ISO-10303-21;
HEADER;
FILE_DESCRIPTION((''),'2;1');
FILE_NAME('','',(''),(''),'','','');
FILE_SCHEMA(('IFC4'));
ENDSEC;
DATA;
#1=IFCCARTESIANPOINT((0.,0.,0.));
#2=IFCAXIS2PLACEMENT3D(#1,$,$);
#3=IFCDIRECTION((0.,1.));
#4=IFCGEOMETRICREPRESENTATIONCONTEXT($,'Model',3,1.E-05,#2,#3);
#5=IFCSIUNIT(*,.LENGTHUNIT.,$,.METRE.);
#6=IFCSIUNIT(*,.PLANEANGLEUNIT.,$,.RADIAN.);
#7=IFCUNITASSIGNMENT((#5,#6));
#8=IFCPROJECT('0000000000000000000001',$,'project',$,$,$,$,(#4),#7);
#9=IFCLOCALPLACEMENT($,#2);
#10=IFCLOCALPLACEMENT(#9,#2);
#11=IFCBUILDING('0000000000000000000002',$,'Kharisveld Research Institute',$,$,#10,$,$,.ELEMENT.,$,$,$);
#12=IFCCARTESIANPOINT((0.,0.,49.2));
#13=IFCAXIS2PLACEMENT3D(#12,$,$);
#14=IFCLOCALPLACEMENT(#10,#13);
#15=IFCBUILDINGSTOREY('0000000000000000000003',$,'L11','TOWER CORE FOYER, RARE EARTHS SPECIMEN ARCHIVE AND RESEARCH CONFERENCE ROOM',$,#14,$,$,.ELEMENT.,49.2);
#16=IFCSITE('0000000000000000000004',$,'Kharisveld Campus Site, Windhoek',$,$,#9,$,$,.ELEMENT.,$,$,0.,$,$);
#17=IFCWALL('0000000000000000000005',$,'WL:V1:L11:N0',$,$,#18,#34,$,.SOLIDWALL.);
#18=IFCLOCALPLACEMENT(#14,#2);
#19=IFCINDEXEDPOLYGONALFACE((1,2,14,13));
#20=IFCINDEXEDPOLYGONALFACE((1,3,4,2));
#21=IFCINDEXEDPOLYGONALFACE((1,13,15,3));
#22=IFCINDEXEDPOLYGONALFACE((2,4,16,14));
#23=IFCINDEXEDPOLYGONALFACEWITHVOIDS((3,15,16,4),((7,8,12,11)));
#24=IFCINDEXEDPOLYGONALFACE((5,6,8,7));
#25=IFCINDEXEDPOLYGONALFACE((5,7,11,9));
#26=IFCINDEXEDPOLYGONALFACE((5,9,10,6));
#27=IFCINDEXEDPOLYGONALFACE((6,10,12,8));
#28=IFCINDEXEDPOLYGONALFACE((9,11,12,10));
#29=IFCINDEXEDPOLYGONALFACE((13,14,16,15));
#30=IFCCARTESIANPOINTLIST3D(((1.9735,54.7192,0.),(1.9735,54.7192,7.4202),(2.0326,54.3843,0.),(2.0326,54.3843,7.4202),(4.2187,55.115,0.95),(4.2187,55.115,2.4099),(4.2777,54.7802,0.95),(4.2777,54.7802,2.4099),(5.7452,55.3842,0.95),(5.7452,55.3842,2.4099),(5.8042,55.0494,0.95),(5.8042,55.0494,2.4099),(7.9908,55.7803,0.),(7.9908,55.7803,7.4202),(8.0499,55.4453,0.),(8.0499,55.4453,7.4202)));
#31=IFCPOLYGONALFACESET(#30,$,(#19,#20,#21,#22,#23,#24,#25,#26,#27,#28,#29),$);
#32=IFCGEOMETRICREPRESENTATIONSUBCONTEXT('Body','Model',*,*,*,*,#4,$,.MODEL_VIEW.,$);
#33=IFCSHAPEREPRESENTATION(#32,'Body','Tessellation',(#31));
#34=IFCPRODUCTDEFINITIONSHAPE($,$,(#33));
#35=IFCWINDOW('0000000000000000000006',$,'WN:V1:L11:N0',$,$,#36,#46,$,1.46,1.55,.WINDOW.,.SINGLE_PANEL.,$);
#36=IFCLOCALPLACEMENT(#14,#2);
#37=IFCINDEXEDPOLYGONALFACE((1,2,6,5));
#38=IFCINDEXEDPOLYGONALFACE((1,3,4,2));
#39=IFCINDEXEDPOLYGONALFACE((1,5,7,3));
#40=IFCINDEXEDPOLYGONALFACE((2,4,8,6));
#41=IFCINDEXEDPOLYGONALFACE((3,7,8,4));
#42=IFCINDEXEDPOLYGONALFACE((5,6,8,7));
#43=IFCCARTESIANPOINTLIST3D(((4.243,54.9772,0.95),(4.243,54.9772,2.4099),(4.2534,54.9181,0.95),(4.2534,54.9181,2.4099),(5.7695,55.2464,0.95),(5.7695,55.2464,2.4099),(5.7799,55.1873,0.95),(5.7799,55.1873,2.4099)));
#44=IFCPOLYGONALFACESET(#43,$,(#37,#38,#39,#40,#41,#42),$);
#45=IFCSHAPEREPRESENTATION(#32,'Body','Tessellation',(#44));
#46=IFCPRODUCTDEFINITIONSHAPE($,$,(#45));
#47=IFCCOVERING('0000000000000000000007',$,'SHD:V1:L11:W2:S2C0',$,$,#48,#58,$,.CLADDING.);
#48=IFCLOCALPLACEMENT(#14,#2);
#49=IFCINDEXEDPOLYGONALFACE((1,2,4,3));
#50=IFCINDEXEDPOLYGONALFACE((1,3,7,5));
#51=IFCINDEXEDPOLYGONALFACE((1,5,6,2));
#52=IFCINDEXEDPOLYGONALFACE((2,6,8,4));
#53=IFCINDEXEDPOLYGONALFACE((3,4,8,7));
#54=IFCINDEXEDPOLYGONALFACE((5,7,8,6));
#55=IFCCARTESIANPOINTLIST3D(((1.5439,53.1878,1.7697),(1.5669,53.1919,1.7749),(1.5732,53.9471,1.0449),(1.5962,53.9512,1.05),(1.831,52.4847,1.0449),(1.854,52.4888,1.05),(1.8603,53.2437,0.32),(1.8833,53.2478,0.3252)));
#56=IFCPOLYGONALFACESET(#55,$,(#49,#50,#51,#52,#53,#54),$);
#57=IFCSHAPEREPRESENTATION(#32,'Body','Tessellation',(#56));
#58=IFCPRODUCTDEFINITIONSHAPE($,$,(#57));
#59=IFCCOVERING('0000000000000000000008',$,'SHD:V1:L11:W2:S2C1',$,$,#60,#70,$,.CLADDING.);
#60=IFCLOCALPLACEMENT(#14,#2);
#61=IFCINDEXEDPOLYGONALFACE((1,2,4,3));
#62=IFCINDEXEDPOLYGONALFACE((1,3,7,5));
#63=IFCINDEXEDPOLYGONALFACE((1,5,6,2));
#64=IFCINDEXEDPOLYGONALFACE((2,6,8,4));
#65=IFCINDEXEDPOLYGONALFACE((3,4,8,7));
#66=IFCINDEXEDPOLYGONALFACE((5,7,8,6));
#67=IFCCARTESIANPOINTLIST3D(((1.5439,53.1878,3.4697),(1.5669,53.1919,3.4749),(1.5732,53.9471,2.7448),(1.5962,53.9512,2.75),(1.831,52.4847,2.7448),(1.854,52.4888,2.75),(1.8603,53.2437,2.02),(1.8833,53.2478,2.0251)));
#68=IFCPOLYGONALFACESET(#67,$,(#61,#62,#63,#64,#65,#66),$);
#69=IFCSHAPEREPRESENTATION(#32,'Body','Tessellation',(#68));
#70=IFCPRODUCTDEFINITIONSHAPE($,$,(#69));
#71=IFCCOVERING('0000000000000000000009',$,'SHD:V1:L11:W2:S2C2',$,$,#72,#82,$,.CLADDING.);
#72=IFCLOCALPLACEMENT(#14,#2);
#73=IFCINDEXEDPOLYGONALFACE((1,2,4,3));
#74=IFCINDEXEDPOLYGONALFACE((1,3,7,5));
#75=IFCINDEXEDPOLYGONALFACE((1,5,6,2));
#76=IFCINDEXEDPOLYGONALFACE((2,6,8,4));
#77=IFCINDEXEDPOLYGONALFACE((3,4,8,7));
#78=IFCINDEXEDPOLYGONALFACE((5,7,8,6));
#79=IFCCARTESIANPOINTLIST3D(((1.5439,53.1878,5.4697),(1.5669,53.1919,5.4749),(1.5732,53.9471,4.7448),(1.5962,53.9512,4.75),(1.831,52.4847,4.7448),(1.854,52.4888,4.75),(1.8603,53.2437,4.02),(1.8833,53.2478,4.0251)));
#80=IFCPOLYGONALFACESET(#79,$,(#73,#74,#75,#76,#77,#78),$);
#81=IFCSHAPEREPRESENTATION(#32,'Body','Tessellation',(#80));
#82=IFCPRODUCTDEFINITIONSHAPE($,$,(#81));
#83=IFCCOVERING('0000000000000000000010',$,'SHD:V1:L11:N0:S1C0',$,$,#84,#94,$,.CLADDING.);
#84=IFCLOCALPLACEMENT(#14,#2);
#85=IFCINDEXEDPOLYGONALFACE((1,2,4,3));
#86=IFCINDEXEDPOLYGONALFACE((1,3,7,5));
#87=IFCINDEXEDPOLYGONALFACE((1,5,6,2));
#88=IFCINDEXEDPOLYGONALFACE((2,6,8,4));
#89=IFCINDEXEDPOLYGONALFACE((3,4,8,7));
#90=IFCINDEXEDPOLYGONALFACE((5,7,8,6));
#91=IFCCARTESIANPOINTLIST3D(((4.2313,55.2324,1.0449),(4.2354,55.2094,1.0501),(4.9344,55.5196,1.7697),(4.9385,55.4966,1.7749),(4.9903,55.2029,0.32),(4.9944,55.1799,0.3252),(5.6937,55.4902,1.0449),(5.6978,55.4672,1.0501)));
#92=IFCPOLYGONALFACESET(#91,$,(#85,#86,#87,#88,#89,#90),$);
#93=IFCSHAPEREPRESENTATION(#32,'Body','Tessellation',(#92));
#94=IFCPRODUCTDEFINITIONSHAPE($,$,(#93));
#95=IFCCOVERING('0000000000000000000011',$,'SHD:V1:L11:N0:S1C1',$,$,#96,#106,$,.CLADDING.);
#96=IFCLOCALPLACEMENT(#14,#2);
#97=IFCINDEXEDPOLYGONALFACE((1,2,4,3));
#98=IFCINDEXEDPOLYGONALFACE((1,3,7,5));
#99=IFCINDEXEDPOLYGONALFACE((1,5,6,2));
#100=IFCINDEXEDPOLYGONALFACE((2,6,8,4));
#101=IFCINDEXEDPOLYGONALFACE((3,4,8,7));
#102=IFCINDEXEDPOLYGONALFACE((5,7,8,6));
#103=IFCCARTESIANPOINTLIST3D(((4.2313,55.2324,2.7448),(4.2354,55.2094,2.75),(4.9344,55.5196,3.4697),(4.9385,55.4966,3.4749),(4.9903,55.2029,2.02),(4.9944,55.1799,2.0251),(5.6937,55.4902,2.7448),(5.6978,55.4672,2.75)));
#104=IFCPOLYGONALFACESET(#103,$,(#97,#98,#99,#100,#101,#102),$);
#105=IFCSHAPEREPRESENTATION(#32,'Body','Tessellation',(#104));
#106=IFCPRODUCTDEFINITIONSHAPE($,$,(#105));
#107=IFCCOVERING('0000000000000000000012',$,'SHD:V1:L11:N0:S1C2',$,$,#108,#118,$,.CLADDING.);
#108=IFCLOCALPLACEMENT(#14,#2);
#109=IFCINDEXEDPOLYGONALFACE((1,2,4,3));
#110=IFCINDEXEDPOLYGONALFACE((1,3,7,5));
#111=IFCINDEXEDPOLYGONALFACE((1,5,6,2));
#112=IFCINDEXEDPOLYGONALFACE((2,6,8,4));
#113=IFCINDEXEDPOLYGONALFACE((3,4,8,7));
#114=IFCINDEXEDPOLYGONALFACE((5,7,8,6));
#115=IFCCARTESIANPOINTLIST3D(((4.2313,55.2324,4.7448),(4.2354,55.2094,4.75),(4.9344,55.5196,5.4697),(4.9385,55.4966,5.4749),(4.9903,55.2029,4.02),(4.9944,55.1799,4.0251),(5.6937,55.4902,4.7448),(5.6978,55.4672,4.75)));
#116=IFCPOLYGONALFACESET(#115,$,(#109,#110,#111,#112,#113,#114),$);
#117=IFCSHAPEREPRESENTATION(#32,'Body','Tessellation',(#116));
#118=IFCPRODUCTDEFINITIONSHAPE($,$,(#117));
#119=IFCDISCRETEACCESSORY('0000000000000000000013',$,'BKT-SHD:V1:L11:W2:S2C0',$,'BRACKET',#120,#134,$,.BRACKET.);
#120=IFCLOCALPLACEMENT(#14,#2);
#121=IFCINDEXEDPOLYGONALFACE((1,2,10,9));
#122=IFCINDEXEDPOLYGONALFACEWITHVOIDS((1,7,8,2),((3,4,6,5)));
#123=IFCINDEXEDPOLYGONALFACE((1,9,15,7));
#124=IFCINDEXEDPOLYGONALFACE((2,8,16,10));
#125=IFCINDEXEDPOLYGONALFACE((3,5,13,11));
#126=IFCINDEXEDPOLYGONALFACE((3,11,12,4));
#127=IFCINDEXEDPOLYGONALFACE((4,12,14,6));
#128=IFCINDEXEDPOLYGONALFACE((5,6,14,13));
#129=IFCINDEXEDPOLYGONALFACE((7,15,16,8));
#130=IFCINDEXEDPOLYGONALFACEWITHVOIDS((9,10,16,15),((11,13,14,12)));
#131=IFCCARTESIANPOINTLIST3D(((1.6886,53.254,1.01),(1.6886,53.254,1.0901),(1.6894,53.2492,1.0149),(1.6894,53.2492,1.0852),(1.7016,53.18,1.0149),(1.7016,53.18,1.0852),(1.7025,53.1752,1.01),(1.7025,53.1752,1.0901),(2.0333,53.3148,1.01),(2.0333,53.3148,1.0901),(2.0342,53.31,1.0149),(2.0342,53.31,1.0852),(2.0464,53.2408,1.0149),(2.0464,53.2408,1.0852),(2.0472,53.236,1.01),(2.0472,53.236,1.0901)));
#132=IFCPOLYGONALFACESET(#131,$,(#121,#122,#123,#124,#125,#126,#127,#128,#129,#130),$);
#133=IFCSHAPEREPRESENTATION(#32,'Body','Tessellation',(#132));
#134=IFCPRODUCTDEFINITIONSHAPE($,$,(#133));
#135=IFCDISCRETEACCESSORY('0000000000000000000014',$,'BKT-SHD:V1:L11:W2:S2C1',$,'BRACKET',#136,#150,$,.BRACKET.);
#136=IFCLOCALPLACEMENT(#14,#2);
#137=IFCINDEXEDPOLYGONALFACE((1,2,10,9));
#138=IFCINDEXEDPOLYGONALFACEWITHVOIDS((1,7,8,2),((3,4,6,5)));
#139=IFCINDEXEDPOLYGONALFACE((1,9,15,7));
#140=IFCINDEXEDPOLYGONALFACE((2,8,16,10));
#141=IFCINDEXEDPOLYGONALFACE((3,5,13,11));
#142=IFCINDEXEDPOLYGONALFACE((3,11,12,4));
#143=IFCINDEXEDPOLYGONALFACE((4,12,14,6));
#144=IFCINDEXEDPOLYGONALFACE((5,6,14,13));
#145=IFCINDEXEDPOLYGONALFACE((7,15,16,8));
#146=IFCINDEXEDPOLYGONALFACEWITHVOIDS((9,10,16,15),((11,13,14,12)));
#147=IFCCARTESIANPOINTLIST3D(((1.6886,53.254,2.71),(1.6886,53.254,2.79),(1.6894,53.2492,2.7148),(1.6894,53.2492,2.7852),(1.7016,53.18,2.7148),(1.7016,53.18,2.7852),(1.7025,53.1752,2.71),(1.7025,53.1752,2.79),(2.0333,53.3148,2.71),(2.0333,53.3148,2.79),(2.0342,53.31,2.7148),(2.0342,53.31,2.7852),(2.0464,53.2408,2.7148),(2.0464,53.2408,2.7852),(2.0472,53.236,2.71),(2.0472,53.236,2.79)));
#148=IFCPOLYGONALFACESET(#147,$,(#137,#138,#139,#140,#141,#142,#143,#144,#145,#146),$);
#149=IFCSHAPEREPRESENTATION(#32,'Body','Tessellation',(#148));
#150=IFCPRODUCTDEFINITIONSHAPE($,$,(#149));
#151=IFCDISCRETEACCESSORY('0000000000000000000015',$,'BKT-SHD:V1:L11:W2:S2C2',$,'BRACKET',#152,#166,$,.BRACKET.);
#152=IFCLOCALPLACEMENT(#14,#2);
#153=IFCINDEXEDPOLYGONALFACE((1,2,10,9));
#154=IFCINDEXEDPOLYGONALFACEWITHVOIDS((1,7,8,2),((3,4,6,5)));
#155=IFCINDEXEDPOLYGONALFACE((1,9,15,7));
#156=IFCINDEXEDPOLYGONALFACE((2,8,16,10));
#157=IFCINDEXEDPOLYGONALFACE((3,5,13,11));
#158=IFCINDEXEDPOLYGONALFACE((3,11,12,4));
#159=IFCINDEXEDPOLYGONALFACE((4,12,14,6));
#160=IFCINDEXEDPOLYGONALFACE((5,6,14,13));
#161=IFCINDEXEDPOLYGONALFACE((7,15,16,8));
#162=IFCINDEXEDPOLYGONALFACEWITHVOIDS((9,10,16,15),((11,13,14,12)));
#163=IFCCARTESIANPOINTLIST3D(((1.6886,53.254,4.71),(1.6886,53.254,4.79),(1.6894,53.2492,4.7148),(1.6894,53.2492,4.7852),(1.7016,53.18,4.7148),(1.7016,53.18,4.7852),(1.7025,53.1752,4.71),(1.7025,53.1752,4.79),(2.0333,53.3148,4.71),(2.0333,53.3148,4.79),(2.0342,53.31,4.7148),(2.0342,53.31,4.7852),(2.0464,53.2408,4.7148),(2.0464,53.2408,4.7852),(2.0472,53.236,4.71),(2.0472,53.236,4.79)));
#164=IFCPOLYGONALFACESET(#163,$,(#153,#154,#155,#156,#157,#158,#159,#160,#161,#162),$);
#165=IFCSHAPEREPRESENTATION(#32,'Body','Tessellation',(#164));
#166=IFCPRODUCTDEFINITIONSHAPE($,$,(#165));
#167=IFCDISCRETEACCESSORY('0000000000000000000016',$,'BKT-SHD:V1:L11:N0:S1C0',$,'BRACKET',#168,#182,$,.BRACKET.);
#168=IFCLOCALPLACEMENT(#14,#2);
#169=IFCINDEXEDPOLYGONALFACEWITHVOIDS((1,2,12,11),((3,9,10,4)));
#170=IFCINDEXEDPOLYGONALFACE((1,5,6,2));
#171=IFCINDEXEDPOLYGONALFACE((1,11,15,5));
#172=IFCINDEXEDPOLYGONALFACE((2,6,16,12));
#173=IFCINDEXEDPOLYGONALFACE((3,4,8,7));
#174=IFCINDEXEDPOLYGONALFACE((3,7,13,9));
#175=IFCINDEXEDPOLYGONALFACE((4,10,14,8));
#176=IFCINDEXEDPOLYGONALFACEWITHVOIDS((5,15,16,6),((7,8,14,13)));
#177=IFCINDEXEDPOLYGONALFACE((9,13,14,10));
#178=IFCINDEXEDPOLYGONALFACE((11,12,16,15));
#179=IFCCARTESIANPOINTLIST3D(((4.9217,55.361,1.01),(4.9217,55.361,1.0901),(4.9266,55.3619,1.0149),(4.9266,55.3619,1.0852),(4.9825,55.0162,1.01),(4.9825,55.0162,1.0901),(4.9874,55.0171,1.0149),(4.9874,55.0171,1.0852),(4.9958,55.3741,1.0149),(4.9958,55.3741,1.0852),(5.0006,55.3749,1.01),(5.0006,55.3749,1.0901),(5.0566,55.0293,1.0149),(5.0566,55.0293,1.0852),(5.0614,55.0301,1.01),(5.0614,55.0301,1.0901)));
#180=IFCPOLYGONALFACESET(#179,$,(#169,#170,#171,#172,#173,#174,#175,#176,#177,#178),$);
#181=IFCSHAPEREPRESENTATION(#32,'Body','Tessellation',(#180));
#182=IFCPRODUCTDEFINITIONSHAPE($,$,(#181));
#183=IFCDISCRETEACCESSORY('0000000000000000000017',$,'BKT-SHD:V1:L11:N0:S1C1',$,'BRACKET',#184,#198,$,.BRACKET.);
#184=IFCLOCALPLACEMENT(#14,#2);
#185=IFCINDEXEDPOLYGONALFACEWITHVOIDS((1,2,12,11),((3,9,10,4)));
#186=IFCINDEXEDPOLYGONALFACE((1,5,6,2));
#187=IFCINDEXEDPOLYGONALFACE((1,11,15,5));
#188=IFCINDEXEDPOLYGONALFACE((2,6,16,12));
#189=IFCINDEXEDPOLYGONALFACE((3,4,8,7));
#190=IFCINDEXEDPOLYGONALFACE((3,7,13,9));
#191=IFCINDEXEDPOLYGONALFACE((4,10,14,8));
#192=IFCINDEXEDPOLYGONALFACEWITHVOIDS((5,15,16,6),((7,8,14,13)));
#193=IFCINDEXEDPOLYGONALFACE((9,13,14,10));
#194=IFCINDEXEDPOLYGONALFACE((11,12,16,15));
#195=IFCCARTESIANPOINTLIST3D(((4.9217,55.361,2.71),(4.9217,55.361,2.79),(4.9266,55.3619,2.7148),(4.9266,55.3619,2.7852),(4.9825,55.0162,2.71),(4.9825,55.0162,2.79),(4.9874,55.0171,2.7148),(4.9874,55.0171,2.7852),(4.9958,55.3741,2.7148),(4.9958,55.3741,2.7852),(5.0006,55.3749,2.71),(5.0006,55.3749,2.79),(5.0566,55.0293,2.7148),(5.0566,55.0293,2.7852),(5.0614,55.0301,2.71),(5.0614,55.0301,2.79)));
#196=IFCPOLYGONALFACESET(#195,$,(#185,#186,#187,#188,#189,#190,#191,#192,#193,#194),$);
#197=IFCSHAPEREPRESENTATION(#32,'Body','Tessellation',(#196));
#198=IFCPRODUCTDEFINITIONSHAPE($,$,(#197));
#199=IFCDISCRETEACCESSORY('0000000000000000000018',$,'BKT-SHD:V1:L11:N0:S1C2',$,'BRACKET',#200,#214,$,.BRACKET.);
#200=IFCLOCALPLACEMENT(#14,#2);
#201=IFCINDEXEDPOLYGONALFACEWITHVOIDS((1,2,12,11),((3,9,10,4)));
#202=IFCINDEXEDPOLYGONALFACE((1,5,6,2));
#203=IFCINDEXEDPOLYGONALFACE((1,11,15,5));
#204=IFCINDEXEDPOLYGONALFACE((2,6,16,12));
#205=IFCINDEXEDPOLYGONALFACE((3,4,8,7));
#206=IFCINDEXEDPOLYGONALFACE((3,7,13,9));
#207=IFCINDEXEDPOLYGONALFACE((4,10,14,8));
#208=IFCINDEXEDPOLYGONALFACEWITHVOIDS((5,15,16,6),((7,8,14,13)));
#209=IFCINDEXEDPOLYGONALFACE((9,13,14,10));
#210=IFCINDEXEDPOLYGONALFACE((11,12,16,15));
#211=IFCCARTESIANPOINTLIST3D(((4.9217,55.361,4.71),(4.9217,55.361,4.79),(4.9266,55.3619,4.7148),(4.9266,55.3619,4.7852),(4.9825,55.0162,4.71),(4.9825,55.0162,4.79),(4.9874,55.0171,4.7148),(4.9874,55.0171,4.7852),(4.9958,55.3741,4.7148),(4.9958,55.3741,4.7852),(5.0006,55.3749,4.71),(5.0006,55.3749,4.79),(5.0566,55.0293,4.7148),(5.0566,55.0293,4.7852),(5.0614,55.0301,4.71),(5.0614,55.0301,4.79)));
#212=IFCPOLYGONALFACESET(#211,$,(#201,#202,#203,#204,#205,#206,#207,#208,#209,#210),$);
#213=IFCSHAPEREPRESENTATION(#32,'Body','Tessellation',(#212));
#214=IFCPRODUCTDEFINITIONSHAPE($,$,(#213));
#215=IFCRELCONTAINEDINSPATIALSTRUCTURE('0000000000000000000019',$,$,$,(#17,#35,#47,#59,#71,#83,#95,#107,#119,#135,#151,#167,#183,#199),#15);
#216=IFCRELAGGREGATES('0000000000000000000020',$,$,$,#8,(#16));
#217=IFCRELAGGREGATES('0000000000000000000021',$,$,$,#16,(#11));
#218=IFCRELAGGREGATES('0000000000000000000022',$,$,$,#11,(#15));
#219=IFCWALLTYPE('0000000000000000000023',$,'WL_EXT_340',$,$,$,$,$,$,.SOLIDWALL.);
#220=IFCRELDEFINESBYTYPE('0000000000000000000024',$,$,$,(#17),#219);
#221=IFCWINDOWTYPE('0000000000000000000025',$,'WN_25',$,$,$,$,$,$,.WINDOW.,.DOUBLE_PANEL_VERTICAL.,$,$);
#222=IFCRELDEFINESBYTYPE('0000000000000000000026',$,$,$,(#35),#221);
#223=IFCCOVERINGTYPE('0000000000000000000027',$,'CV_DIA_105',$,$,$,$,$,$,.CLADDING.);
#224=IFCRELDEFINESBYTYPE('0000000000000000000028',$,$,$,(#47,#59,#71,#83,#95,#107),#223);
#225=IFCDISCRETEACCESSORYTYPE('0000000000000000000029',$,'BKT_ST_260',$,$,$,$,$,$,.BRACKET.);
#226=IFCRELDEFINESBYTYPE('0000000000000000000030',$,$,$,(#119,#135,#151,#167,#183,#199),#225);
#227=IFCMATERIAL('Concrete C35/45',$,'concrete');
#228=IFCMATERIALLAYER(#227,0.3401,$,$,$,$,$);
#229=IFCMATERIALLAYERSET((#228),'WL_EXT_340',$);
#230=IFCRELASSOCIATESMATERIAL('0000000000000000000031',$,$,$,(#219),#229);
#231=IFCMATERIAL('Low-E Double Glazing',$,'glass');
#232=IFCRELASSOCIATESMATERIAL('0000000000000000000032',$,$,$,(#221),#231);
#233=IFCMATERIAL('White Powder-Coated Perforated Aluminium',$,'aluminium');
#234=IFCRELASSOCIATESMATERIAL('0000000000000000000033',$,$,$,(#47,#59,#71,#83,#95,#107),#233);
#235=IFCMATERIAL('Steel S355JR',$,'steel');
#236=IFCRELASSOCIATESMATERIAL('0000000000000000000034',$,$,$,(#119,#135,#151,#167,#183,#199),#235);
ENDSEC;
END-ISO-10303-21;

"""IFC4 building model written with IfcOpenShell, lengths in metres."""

from ifc_helpers import new_model, si_unit, direction, frame, frame_2d, origin, origin_2d, place, context, subcontext, project, spatial, polyline, rectangle, hollow_rectangle, outline, extrude, material, layer, layer_set, type_object, element, fill, save


model = new_model("IFC4")

# Units and contexts
model_context = context("Model", 3, precision=1e-05, world=origin(), true_north=direction((0.0, 1.0)))
body_context = subcontext(model_context, "Body", "Model", "MODEL_VIEW")
ifc_project = project(units=[si_unit("LENGTHUNIT", "METRE"), si_unit("PLANEANGLEUNIT", "RADIAN")], contexts=[model_context])

# Site, building, storey
site_placement = place(None, origin())
site = spatial("IfcSite", under=ifc_project, at=site_placement, Name="Kharisveld Campus Site, Windhoek", CompositionType="ELEMENT", RefElevation=0.0)
building_placement = place(site_placement, origin())
building = spatial("IfcBuilding", under=site, at=building_placement, Name="Kharisveld Research Institute", CompositionType="ELEMENT")
storey_placement = place(building_placement, frame((0.0, 0.0, 49.2)))
storey = spatial("IfcBuildingStorey", under=building, at=storey_placement, Name="L11", Description="TOWER CORE FOYER, RARE EARTHS SPECIMEN ARCHIVE AND RESEARCH CONFERENCE ROOM", CompositionType="ELEMENT", Elevation=49.2)

# Wall, opening, window
ifc_material_1 = material(Name="Concrete C35/45", Category="concrete")
ifc_layer_1 = layer(ifc_material_1, 0.3401)
ifc_layer_set_1 = layer_set([ifc_layer_1], Name="WL_EXT_340")
wall_type = type_object("IfcWallType", Name="WL_EXT_340", PredefinedType="SOLIDWALL", material=ifc_layer_set_1)
wall_placement = place(storey_placement, frame((2.0029, 54.5518, 0.0), z_axis=(0.0, 0.0, 1.0), x_axis=(0.984807, 0.173651, 0.0)))
wall = element("IfcWall", 1, at=wall_placement, inside=storey, type_object=wall_type, Name="WL:V1:L11:N0", PredefinedType="SOLIDWALL", context=body_context, shape_type="SweptSolid", body=[
    extrude(rectangle(XDim=6.1101, YDim=0.3401, at=frame_2d((3.0552, 0.0))), origin(), (0.0, 0.0, 1.0), 7.4202),
])
opening_placement = place(wall_placement, frame((2.28, 0.0, 0.95)))
opening = element("IfcOpeningElement", 2, at=opening_placement, cuts=wall, PredefinedType="OPENING", context=body_context, shape_type="SweptSolid", body=[
    extrude(rectangle(XDim=1.55, YDim=1.46, at=frame_2d((0.7749, 0.73))), frame((0.0, 0.1699, 0.0), z_axis=(0.0, -1.0, 0.0), x_axis=(1.0, 0.0, 0.0)), (0.0, 0.0, 1.0), 0.3401),
])
ifc_material_2 = material(Name="Low-E Double Glazing", Category="glass")
window_type = type_object("IfcWindowType", Name="WN_25", PartitioningType="DOUBLE_PANEL_VERTICAL", PredefinedType="WINDOW", material=ifc_material_2)
window_placement = place(opening_placement, origin())
window = element("IfcWindow", 3, at=window_placement, inside=storey, type_object=window_type, Name="WN:V1:L11:N0", OverallHeight=1.46, OverallWidth=1.55, PartitioningType="SINGLE_PANEL", PredefinedType="WINDOW", context=body_context, shape_type="SweptSolid", body=[
    extrude(rectangle(XDim=1.55, YDim=1.46, at=frame_2d((0.7749, 0.73))), frame((0.0, 0.03, 0.0), z_axis=(0.0, -1.0, 0.0), x_axis=(1.0, 0.0, 0.0)), (0.0, 0.0, 1.0), 0.0601),
])
fill(opening, window)

# Coverings
ifc_material_3 = material(Name="White Powder-Coated Perforated Aluminium", Category="aluminium")
covering_type = type_object("IfcCoveringType", Name="CV_DIA_105", PredefinedType="CLADDING")
for number, where, z_axis, x_axis, name in (
    (4, (1.8833, 53.2478, 0.3252), (0.961481, 0.169503, 0.216385), (-0.273447, 0.66985, 0.69031), "SHD:V1:L11:W2:S2C0"),
    (5, (1.8833, 53.2478, 2.0251), (0.961481, 0.169503, 0.216385), (-0.273447, 0.66985, 0.69031), "SHD:V1:L11:W2:S2C1"),
    (6, (1.8833, 53.2478, 4.0251), (0.961481, 0.169503, 0.216385), (-0.273447, 0.66985, 0.69031), "SHD:V1:L11:W2:S2C2"),
):
    element("IfcCovering", number, at=place(storey_placement, frame(where, z_axis=z_axis, x_axis=x_axis)), inside=storey, type_object=covering_type, material=ifc_material_3, Name=name, PredefinedType="CLADDING", context=body_context, shape_type="SweptSolid", body=[
        extrude(outline(polyline([(0.0, 0.0), (1.05, 0.0), (1.0498, 1.0501), (-0.0001, 1.05), (0.0, 0.0)])), origin(), (0.0, 0.0, -1.0), 0.0239),
    ])
for number, where, z_axis, x_axis, name in (
    (7, (4.9944, 55.1799, 0.3252), (0.169497, -0.961447, 0.21654), (0.669826, 0.273555, 0.69029), "SHD:V1:L11:N0:S1C0"),
    (8, (4.9944, 55.1799, 2.0251), (0.169497, -0.961447, 0.21654), (0.669826, 0.273555, 0.69029), "SHD:V1:L11:N0:S1C1"),
    (9, (4.9944, 55.1799, 4.0251), (0.169497, -0.961447, 0.21654), (0.669826, 0.273555, 0.69029), "SHD:V1:L11:N0:S1C2"),
):
    element("IfcCovering", number, at=place(storey_placement, frame(where, z_axis=z_axis, x_axis=x_axis)), inside=storey, type_object=covering_type, material=ifc_material_3, Name=name, PredefinedType="CLADDING", context=body_context, shape_type="SweptSolid", body=[
        extrude(outline(polyline([(0.0, 0.0), (1.0501, 0.0), (1.0499, 1.0501), (0.0, 1.05), (0.0, 0.0)])), origin(), (0.0, 0.0, -1.0), 0.0239),
    ])

# Discrete accessories
ifc_material_4 = material(Name="Steel S355JR", Category="steel")
discrete_accessory_type = type_object("IfcDiscreteAccessoryType", Name="BKT_ST_260", PredefinedType="BRACKET")
for number, where, z_axis, x_axis, name in (
    (10, (2.0403, 53.2754, 1.05), (-0.984805, -0.173666, 0.0), (0.173666, -0.984805, 0.0), "BKT-SHD:V1:L11:W2:S2C0"),
    (11, (2.0403, 53.2754, 2.75), (-0.984805, -0.173666, 0.0), (0.173666, -0.984805, 0.0), "BKT-SHD:V1:L11:W2:S2C1"),
    (12, (2.0403, 53.2754, 4.75), (-0.984805, -0.173666, 0.0), (0.173666, -0.984805, 0.0), "BKT-SHD:V1:L11:W2:S2C2"),
    (13, (5.022, 55.0232, 1.05), (-0.173666, 0.984805, 0.0), (-0.984805, -0.173666, 0.0), "BKT-SHD:V1:L11:N0:S1C0"),
    (14, (5.022, 55.0232, 2.75), (-0.173666, 0.984805, 0.0), (-0.984805, -0.173666, 0.0), "BKT-SHD:V1:L11:N0:S1C1"),
    (15, (5.022, 55.0232, 4.75), (-0.173666, 0.984805, 0.0), (-0.984805, -0.173666, 0.0), "BKT-SHD:V1:L11:N0:S1C2"),
):
    element("IfcDiscreteAccessory", number, at=place(storey_placement, frame(where, z_axis=z_axis, x_axis=x_axis)), inside=storey, type_object=discrete_accessory_type, material=ifc_material_4, Name=name, ObjectType="BRACKET", PredefinedType="BRACKET", context=body_context, shape_type="SweptSolid", body=[
        extrude(hollow_rectangle(XDim=0.0801, YDim=0.0801, WallThickness=0.0049, at=origin_2d()), origin(), (0.0, 0.0, 1.0), 0.3501),
    ])

save(model, "model.ifc")
